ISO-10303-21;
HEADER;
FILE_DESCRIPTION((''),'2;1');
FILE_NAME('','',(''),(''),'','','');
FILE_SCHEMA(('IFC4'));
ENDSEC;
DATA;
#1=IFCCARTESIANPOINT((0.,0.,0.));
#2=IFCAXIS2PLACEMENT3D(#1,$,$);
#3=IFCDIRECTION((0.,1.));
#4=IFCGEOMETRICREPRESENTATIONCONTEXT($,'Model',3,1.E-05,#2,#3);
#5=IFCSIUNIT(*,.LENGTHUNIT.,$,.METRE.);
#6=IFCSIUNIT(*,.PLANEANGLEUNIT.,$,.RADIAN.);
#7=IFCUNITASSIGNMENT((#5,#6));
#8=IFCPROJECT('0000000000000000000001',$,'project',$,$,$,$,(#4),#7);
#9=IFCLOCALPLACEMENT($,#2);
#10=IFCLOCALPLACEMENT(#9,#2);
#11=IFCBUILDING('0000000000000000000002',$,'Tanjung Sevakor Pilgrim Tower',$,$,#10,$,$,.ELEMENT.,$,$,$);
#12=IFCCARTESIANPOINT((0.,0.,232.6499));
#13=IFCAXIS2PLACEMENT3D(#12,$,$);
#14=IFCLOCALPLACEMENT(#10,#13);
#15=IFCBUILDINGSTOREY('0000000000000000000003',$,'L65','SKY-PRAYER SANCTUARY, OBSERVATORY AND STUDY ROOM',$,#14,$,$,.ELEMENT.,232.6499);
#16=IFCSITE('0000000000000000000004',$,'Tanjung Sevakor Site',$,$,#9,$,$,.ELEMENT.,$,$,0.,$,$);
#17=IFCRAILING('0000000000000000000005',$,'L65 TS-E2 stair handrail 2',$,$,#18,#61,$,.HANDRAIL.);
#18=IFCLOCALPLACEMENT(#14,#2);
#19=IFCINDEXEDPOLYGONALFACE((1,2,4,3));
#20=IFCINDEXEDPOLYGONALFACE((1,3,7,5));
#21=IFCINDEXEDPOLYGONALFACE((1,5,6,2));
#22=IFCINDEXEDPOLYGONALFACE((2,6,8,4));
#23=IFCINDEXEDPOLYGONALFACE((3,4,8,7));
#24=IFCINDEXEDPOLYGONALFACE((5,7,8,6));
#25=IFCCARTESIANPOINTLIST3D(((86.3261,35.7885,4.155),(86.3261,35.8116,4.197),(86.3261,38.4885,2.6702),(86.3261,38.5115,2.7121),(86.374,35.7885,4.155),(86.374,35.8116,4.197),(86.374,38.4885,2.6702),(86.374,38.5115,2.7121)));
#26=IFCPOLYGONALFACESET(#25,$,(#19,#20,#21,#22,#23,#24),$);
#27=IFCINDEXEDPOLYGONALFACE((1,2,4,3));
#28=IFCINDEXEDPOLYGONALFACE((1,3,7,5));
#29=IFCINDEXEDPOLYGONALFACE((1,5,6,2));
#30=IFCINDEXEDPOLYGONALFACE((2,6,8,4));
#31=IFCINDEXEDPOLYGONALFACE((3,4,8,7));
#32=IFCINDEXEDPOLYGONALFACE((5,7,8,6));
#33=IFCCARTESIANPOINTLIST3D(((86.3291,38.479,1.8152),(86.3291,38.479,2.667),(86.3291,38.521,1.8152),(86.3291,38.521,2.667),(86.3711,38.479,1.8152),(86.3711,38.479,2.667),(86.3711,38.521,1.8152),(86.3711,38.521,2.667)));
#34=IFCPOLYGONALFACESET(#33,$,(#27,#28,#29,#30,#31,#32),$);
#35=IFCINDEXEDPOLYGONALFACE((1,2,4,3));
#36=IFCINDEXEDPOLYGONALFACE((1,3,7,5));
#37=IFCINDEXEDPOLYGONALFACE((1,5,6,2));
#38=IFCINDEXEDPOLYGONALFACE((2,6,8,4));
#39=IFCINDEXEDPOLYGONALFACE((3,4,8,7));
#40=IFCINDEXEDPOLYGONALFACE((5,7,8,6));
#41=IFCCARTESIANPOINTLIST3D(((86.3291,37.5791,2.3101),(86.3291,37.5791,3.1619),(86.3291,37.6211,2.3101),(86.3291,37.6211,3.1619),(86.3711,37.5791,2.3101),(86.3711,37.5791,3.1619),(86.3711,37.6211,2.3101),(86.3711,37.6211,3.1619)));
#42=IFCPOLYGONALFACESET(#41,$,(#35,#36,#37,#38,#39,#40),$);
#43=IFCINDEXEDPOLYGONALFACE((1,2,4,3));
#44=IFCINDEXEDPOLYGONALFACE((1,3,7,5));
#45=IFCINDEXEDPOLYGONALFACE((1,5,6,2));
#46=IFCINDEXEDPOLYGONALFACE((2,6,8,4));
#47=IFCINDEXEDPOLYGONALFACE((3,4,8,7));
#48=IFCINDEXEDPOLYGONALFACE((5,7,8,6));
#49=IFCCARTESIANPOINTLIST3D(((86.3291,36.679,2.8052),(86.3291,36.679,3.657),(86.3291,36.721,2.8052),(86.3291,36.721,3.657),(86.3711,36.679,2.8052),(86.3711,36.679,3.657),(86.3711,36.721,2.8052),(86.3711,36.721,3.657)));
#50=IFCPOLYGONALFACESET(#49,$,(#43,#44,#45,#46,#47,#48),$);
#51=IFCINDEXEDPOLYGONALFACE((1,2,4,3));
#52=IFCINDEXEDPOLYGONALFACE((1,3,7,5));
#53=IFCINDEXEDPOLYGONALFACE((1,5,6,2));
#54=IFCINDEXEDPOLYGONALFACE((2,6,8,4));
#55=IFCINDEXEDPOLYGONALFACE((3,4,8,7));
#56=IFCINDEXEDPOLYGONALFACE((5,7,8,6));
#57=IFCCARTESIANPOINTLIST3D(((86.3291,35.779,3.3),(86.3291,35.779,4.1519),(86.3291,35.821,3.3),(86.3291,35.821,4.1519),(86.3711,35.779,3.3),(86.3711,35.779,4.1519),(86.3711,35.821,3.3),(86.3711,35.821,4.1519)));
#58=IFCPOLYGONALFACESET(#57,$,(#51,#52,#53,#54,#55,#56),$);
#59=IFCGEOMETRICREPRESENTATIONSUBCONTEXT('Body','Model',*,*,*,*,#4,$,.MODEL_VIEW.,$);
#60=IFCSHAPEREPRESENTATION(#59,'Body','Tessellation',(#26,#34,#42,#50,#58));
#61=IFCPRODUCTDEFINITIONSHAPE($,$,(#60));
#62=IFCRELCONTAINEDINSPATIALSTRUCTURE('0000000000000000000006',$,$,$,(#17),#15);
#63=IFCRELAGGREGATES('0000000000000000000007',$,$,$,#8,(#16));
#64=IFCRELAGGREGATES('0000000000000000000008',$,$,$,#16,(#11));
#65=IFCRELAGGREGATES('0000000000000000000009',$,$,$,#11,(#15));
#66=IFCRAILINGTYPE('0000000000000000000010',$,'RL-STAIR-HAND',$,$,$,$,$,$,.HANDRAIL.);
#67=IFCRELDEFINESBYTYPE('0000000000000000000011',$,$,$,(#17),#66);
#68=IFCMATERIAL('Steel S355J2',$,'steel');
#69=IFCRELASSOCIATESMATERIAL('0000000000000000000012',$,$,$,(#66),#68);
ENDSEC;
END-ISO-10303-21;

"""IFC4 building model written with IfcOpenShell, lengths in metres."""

from ifc_helpers import new_model, si_unit, direction, frame, origin, place, context, subcontext, project, spatial, rectangle, extrude, material, type_object, element, save


model = new_model("IFC4")

# Units and contexts
model_context = context("Model", 3, precision=1e-05, world=origin(), true_north=direction((0.0, 1.0)))
body_context = subcontext(model_context, "Body", "Model", "MODEL_VIEW")
ifc_project = project(units=[si_unit("LENGTHUNIT", "METRE"), si_unit("PLANEANGLEUNIT", "RADIAN")], contexts=[model_context])

# Site, building, storey
site_placement = place(None, origin())
site = spatial("IfcSite", under=ifc_project, at=site_placement, Name="Tanjung Sevakor Site", CompositionType="ELEMENT", RefElevation=0.0)
building_placement = place(site_placement, origin())
building = spatial("IfcBuilding", under=site, at=building_placement, Name="Tanjung Sevakor Pilgrim Tower", CompositionType="ELEMENT")
storey_placement = place(building_placement, frame((0.0, 0.0, 232.6499)))
storey = spatial("IfcBuildingStorey", under=building, at=storey_placement, Name="L65", Description="SKY-PRAYER SANCTUARY, OBSERVATORY AND STUDY ROOM", CompositionType="ELEMENT", Elevation=232.6499)

# Railing
ifc_material_1 = material(Name="Steel S355J2", Category="steel")
railing_type_1 = type_object("IfcRailingType", Name="RL-STAIR-HAND", PredefinedType="HANDRAIL", material=ifc_material_1)
railing_1_placement = place(storey_placement, frame((86.3501, 38.5, 1.8152)))
element("IfcRailing", 1, at=railing_1_placement, inside=storey, type_object=railing_type_1, Name="L65 TS-E2 stair handrail 2", PredefinedType="HANDRAIL", context=body_context, shape_type="SweptSolid", body=[
    extrude(rectangle(XDim=0.0479, YDim=0.0479), frame((0.0, 0.0, 0.876), z_axis=(0.0, -0.876231, 0.481891), x_axis=(1.0, 0.0, 0.0)), (0.0, 0.0, 1.0), 3.0813),
    extrude(rectangle(XDim=0.042, YDim=0.042), origin(), (0.0, 0.0, 1.0), 0.8518),
    extrude(rectangle(XDim=0.042, YDim=0.042), frame((0.0, -0.8999, 0.4949)), (0.0, 0.0, 1.0), 0.8518),
    extrude(rectangle(XDim=0.042, YDim=0.042), frame((0.0, -1.8, 0.99)), (0.0, 0.0, 1.0), 0.8518),
    extrude(rectangle(XDim=0.042, YDim=0.042), frame((0.0, -2.7, 1.4849)), (0.0, 0.0, 1.0), 0.8518),
])

save(model, "model.ifc")
